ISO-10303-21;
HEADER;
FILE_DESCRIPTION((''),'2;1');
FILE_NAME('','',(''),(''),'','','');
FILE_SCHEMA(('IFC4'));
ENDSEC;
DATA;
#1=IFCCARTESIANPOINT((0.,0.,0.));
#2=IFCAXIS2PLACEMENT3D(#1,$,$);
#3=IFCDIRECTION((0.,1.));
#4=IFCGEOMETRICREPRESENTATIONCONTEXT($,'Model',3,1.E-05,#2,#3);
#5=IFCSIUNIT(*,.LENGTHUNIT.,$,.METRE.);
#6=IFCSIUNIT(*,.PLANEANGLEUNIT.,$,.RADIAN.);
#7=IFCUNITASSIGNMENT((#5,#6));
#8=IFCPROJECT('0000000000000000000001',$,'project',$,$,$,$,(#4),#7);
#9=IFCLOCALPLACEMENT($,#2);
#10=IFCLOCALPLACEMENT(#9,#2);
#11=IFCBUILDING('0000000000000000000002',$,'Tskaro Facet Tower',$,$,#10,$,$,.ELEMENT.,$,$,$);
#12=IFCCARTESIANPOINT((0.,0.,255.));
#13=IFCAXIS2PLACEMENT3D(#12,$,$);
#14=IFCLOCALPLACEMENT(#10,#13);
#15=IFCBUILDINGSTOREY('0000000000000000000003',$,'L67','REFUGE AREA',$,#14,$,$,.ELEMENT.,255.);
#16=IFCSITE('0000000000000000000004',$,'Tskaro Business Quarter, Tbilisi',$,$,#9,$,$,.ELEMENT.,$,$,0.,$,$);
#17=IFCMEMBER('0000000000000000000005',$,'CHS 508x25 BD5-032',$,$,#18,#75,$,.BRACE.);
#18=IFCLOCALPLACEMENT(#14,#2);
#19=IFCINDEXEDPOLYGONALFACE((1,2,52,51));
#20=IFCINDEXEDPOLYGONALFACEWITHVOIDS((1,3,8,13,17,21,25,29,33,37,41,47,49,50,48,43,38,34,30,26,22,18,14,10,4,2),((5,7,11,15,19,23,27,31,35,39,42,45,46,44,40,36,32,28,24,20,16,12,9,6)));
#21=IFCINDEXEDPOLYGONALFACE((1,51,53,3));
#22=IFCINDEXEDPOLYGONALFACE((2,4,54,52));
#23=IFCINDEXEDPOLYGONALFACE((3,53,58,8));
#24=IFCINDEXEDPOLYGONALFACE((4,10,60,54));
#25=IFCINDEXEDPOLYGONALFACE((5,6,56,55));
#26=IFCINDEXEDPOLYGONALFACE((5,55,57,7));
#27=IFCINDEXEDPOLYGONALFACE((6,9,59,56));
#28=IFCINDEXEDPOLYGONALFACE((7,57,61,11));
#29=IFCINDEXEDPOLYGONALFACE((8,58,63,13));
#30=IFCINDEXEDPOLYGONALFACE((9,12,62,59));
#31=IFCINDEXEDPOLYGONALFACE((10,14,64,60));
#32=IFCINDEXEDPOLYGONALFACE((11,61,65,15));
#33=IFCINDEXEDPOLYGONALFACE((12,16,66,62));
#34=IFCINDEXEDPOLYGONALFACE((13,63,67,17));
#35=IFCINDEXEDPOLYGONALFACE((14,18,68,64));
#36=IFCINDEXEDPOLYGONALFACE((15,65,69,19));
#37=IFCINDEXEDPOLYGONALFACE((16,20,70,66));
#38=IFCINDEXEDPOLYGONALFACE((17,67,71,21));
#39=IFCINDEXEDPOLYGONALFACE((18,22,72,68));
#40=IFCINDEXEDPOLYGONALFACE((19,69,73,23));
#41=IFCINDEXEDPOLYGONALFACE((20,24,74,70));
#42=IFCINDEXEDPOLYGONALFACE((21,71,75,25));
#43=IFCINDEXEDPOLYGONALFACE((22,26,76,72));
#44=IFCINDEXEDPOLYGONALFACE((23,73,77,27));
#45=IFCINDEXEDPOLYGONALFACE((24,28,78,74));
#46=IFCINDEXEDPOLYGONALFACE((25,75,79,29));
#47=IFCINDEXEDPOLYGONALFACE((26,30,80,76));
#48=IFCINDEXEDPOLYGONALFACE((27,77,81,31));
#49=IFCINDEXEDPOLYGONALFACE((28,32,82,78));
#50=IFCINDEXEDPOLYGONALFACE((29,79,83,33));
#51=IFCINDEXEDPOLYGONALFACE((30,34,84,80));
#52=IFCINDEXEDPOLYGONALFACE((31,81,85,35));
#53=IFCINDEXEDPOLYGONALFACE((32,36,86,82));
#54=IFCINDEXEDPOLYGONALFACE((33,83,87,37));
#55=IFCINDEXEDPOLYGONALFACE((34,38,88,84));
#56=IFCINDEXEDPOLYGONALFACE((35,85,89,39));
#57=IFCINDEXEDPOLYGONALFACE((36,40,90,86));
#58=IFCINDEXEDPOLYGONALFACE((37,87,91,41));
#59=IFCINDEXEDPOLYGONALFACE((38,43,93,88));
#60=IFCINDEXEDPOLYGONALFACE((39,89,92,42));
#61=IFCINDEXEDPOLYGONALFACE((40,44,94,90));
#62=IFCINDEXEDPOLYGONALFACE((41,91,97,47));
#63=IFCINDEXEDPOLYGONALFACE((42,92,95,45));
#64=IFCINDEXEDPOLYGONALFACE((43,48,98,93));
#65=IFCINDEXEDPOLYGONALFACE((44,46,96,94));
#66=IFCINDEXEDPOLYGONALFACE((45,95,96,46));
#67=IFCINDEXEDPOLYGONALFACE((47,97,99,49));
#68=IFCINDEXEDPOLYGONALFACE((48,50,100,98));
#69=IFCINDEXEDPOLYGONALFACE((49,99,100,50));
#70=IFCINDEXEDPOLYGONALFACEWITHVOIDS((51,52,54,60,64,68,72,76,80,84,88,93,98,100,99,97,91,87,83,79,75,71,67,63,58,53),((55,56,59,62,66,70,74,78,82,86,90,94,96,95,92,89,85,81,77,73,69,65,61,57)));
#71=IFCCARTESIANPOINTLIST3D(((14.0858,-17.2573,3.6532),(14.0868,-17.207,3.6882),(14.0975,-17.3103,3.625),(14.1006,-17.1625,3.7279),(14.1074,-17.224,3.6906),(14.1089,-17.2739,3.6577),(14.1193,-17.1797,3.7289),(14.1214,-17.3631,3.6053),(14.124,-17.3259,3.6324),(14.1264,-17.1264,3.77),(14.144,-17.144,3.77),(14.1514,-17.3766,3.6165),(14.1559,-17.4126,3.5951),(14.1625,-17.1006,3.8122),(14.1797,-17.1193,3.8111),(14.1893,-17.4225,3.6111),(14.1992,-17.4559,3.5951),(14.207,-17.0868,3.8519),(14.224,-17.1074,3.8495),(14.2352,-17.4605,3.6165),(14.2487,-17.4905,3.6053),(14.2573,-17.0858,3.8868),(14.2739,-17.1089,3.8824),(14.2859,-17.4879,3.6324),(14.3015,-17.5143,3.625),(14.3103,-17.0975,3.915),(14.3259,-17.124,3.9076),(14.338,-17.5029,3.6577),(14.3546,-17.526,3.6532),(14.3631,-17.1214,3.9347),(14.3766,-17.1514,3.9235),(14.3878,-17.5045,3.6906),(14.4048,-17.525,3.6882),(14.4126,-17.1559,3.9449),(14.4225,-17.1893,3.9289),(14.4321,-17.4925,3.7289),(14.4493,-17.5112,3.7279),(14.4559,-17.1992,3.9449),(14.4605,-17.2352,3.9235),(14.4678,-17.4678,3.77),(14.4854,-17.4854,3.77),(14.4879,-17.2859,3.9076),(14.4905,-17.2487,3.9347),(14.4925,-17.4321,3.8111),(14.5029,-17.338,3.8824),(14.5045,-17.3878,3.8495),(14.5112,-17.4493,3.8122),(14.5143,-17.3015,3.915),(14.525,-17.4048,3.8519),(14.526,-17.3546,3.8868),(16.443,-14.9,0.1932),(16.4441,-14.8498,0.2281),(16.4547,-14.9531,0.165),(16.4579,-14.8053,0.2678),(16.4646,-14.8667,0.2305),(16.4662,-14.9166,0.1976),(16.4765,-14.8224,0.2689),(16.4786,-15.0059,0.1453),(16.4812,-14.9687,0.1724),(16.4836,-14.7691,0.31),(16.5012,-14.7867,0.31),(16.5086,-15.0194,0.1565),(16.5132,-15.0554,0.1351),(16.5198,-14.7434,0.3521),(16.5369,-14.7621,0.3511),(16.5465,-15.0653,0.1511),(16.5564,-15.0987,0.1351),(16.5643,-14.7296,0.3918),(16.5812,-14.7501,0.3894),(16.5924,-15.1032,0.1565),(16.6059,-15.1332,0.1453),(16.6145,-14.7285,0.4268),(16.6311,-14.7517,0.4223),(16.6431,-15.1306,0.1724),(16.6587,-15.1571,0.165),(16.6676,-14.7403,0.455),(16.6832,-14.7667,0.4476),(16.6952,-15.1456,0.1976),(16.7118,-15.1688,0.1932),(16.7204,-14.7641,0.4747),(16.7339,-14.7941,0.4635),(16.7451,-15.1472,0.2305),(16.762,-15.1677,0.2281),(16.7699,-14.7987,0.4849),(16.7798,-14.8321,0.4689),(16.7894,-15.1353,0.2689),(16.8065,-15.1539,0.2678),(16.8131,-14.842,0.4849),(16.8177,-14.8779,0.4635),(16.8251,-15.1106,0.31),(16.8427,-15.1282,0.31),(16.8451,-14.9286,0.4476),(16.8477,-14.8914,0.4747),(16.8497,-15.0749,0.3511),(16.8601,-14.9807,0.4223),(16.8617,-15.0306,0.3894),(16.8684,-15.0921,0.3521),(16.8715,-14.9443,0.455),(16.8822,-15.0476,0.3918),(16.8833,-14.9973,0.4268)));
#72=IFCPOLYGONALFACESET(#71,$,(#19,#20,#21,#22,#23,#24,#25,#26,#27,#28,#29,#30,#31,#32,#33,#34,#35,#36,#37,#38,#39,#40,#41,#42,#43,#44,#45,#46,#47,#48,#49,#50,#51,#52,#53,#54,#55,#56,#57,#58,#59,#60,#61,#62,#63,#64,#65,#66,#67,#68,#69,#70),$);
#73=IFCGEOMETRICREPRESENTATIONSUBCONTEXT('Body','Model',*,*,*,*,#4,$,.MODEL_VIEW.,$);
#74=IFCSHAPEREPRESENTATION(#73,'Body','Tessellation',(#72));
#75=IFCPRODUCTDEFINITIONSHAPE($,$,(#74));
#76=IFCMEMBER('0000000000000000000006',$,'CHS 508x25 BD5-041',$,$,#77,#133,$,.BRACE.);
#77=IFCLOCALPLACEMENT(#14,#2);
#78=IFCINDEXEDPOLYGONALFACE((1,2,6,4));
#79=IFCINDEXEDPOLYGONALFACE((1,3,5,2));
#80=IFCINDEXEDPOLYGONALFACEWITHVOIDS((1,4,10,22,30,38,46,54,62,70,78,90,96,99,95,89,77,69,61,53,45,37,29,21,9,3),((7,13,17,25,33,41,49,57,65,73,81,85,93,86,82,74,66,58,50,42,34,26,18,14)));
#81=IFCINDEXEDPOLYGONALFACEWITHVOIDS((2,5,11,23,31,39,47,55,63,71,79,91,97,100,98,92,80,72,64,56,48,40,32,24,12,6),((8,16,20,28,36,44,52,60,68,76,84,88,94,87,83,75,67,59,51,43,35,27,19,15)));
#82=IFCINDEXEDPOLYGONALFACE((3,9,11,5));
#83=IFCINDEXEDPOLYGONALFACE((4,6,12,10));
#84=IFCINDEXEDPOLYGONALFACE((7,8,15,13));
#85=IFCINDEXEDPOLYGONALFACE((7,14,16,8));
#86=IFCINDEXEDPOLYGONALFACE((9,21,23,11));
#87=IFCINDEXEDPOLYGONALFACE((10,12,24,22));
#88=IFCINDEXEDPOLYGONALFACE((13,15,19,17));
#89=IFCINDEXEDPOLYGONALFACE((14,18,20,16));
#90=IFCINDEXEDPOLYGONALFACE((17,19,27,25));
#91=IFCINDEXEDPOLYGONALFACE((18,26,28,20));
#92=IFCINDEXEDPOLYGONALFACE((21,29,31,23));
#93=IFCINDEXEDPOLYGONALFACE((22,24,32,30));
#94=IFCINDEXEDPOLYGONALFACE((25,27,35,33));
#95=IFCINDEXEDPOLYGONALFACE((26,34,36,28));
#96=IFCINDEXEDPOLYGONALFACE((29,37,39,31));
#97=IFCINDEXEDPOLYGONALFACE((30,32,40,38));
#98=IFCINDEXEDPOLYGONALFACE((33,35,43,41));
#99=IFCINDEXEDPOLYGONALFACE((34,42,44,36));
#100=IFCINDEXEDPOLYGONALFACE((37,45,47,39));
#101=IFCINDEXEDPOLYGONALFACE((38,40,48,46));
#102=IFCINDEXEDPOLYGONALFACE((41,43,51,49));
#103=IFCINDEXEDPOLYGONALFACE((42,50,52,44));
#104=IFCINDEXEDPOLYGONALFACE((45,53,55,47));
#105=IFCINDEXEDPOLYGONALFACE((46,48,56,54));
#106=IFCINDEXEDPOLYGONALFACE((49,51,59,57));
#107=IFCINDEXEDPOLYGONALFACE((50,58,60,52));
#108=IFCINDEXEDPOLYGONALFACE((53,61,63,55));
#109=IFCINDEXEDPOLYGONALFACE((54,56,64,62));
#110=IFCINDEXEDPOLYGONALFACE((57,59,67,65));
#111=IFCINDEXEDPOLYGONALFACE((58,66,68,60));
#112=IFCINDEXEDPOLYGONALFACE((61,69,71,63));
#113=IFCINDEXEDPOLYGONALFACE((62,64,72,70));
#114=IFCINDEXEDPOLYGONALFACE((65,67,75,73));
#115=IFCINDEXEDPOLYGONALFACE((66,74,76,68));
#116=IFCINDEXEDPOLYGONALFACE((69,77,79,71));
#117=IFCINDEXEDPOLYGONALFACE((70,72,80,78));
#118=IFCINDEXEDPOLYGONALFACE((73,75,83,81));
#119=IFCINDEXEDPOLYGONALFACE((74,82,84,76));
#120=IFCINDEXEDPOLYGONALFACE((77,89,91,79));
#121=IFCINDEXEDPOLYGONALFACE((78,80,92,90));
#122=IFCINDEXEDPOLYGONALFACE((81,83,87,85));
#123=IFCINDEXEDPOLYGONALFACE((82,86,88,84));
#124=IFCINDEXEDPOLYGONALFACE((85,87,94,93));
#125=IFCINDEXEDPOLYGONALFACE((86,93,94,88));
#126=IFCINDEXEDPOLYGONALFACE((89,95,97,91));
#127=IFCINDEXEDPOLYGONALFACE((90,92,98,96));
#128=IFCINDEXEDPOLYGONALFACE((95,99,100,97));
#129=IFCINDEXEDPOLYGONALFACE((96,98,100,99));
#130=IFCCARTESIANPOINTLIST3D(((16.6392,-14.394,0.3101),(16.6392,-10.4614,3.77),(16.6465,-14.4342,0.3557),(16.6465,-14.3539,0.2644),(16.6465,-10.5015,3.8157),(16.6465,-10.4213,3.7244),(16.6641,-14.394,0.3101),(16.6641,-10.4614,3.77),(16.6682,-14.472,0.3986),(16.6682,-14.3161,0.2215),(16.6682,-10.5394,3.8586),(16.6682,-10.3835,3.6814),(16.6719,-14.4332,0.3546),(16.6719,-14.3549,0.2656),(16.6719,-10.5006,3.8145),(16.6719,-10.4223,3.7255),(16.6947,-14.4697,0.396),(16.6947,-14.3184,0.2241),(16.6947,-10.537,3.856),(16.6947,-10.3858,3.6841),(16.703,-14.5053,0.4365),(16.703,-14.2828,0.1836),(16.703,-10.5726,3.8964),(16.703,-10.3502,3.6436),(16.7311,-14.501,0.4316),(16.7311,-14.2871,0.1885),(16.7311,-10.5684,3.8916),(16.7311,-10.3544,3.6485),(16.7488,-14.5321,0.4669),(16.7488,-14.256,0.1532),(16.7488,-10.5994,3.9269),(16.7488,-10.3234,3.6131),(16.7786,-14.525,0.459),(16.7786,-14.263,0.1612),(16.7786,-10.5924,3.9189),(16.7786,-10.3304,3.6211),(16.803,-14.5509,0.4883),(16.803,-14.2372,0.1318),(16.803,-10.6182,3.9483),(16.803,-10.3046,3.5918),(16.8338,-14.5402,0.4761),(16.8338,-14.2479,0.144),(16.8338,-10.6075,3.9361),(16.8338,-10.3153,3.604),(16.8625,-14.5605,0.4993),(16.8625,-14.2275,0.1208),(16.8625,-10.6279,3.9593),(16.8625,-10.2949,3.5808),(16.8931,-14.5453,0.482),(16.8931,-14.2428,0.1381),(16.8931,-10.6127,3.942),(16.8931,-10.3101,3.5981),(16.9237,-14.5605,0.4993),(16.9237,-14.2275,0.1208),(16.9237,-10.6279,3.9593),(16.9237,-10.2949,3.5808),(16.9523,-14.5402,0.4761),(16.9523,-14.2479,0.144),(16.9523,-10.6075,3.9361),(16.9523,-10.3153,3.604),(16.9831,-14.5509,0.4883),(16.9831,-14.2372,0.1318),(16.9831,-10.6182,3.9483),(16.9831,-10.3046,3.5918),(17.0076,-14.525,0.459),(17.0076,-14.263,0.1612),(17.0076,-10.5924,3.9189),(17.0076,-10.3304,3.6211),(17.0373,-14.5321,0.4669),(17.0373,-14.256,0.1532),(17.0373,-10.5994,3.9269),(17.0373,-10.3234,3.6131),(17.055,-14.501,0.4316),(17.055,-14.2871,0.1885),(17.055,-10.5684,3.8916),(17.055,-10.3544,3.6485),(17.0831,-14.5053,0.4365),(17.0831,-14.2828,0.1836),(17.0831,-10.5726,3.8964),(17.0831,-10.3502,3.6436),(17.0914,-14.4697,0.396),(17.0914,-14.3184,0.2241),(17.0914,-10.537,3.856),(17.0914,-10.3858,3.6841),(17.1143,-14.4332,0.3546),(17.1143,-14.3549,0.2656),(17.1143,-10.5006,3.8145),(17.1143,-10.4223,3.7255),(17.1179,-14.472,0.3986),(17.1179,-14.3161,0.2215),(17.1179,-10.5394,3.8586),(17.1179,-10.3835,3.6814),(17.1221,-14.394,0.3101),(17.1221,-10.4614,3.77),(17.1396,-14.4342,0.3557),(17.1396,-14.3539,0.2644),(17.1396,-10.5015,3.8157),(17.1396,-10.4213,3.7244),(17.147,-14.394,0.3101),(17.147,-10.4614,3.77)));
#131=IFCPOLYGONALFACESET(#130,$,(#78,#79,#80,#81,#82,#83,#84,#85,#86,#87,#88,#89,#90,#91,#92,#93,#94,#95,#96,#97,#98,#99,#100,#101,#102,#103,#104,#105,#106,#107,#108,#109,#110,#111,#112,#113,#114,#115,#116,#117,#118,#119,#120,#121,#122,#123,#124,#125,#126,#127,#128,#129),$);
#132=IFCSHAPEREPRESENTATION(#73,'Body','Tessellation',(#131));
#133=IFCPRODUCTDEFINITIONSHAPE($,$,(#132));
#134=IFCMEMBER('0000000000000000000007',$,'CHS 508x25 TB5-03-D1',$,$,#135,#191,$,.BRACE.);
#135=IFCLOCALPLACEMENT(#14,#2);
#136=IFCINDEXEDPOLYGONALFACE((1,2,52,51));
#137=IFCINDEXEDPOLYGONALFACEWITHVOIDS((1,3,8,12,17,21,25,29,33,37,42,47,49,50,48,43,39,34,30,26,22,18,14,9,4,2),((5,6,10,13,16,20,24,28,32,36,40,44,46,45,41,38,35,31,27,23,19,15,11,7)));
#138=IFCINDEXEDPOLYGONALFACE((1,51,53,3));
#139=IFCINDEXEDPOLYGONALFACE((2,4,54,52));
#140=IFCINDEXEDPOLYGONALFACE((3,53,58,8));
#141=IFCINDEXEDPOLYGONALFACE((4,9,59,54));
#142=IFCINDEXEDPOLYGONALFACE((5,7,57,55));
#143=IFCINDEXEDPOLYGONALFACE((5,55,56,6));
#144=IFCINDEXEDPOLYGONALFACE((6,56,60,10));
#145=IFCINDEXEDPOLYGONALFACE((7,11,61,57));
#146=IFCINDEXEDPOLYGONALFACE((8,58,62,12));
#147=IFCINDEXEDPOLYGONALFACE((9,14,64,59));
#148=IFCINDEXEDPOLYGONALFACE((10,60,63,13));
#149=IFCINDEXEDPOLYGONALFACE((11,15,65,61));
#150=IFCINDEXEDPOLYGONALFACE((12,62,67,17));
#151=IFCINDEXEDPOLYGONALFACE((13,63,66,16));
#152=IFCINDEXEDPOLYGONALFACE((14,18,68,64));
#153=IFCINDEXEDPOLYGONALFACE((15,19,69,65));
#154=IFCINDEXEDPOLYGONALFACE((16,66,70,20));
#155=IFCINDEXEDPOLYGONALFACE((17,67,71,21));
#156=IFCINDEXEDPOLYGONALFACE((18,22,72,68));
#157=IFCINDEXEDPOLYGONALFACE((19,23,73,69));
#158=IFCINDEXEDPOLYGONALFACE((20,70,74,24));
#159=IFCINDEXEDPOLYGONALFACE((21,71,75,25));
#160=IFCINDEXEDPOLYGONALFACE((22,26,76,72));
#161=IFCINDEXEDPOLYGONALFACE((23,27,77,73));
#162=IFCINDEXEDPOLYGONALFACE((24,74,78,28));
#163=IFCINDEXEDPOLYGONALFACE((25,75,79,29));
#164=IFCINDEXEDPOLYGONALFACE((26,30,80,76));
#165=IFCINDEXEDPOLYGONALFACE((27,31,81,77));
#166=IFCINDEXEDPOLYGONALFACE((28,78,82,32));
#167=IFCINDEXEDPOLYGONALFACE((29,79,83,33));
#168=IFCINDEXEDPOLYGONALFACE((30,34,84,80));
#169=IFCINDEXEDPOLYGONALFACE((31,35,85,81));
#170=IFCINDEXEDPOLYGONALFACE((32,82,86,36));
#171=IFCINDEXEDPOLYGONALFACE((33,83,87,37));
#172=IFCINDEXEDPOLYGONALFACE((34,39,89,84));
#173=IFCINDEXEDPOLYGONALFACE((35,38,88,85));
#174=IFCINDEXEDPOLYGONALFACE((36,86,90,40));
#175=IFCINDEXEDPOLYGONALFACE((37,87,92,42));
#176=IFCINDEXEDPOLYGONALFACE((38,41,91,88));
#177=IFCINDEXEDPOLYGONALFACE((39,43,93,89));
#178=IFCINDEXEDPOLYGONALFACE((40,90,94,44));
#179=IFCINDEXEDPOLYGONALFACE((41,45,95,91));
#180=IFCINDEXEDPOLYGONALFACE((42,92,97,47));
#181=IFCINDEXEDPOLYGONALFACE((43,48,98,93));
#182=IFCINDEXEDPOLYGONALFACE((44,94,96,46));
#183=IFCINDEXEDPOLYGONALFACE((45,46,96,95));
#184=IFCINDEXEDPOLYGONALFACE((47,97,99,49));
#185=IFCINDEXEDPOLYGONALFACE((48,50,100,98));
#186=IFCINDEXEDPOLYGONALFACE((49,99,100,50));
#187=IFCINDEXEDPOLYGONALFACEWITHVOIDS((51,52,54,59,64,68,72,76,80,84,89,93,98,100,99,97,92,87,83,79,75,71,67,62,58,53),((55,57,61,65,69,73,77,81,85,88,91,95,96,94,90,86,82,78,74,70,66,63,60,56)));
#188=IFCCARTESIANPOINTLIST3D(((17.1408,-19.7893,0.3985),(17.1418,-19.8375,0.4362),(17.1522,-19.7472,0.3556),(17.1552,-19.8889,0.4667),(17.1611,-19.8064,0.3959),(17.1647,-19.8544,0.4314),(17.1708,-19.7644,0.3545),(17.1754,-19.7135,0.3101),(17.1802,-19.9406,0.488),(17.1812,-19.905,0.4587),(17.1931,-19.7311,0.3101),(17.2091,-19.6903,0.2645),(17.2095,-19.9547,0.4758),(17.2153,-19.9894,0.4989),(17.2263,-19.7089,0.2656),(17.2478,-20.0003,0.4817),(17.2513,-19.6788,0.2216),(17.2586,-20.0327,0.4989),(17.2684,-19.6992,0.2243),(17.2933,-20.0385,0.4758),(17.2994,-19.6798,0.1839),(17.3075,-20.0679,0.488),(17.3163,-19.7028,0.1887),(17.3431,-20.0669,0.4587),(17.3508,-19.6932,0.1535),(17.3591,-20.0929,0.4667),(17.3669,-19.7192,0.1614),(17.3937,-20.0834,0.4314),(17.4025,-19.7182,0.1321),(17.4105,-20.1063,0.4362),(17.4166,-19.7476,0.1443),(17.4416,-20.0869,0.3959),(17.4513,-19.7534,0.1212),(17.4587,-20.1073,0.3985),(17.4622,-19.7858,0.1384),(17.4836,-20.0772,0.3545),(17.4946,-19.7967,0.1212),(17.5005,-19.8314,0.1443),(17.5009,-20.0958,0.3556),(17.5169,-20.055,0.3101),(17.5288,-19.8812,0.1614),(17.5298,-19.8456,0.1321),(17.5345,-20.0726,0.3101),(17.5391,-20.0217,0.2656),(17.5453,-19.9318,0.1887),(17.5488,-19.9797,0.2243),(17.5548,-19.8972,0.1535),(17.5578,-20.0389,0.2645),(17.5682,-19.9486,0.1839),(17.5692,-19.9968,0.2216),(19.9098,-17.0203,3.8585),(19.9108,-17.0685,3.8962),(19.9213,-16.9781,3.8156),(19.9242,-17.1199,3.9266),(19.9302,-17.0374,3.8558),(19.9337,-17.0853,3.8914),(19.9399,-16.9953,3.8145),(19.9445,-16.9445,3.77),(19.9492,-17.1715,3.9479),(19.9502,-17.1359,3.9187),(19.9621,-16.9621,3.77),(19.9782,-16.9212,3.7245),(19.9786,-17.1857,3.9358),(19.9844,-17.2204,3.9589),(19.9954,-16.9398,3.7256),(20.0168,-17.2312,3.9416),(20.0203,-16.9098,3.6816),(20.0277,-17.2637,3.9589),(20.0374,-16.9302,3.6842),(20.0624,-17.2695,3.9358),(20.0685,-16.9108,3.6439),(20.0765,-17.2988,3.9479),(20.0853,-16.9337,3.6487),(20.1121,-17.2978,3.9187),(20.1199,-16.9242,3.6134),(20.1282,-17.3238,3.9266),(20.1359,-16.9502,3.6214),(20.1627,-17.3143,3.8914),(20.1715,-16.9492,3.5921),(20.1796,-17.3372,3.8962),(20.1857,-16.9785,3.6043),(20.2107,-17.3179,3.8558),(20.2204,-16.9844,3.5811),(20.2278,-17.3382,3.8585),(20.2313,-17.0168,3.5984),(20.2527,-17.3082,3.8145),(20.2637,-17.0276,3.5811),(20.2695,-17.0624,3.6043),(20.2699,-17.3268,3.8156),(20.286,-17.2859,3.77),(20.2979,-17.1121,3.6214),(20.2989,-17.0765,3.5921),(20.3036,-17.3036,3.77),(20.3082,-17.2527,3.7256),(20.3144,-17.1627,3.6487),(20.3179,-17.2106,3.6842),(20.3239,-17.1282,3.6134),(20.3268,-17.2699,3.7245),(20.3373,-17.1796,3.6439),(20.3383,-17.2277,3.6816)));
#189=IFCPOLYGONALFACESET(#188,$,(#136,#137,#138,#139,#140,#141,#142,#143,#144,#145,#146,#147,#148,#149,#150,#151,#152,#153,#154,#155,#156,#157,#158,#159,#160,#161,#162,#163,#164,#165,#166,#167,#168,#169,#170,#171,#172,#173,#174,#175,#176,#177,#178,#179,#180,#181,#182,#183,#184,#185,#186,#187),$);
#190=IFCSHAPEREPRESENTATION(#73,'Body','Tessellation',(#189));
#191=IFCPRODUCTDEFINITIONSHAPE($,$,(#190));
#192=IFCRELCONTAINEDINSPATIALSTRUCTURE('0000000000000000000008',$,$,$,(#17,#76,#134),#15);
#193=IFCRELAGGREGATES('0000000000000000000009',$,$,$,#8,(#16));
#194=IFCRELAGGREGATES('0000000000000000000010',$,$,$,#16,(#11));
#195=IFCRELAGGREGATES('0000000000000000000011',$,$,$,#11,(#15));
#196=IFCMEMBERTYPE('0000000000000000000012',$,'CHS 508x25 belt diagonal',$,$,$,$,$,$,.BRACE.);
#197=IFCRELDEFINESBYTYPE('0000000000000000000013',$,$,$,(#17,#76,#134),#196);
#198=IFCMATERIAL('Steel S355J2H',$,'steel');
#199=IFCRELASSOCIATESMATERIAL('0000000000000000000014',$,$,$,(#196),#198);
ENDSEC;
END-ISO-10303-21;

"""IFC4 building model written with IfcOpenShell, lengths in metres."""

from ifc_helpers import new_model, si_unit, direction, frame, origin, origin_2d, place, context, subcontext, project, spatial, hollow_circle, extrude, material, material_profile, profile_set, type_object, element, save


model = new_model("IFC4")

# Units and contexts
model_context = context("Model", 3, precision=1e-05, world=origin(), true_north=direction((0.0, 1.0)))
body_context = subcontext(model_context, "Body", "Model", "MODEL_VIEW")
ifc_project = project(units=[si_unit("LENGTHUNIT", "METRE"), si_unit("PLANEANGLEUNIT", "RADIAN")], contexts=[model_context])

# Site, building, storey
site_placement = place(None, origin())
site = spatial("IfcSite", under=ifc_project, at=site_placement, Name="Tskaro Business Quarter, Tbilisi", CompositionType="ELEMENT", RefElevation=0.0)
building_placement = place(site_placement, origin())
building = spatial("IfcBuilding", under=site, at=building_placement, Name="Tskaro Facet Tower", CompositionType="ELEMENT")
storey_placement = place(building_placement, frame((0.0, 0.0, 255.0)))
storey = spatial("IfcBuildingStorey", under=building, at=storey_placement, Name="L67", Description="REFUGE AREA", CompositionType="ELEMENT", Elevation=255.0)

# Shared definitions
ifc_material_1 = material(Name="Steel S355J2H", Category="steel")

# Members
ifc_material_profile_1 = material_profile(ifc_material_1, hollow_circle(Radius=0.2539, WallThickness=0.0249, at=origin_2d()), Name="CHS 508x25")
ifc_profile_set_1 = profile_set([ifc_material_profile_1], Name="Steel S355J2H")
member_type_1 = type_object("IfcMemberType", Name="CHS 508x25 belt diagonal", PredefinedType="BRACE", material=ifc_profile_set_1)
member_1_placement = place(storey_placement, frame((14.3059, -17.3059, 3.77), z_axis=(0.490611, 0.490611, -0.720139), x_axis=(-0.707107, 0.707107, 0.0)))
element("IfcMember", 1, at=member_1_placement, inside=storey, type_object=member_type_1, Name="CHS 508x25 BD5-032", PredefinedType="BRACE", context=body_context, shape_type="SweptSolid", body=[
    extrude(hollow_circle(Radius=0.2539, WallThickness=0.0249, at=origin_2d()), origin(), (0.0, 0.0, 1.0), 4.8047),
])
member_2_placement = place(storey_placement, frame((16.8931, -14.394, 0.3101), z_axis=(0.0, 0.750784, 0.660548), x_axis=(-1.0, 0.0, 0.0)))
element("IfcMember", 2, at=member_2_placement, inside=storey, type_object=member_type_1, Name="CHS 508x25 BD5-041", PredefinedType="BRACE", context=body_context, shape_type="SweptSolid", body=[
    extrude(hollow_circle(Radius=0.2539, WallThickness=0.0249, at=origin_2d()), origin(), (0.0, 0.0, 1.0), 5.238),
])
for number, where, z_axis, x_axis, name in (
    (3, (17.355, -19.8931, 0.3101), (0.529903, 0.529903, 0.662122), (-0.707107, 0.707107, 0.0), "CHS 508x25 TB5-03-D1"),
):
    element("IfcMember", number, at=place(storey_placement, frame(where, z_axis=z_axis, x_axis=x_axis)), inside=storey, type_object=member_type_1, Name=name, PredefinedType="BRACE", context=body_context, shape_type="SweptSolid", body=[
        extrude(hollow_circle(Radius=0.2539, WallThickness=0.0249, at=origin_2d()), origin(), (0.0, 0.0, 1.0), 5.2256),
    ])

save(model, "model.ifc")
